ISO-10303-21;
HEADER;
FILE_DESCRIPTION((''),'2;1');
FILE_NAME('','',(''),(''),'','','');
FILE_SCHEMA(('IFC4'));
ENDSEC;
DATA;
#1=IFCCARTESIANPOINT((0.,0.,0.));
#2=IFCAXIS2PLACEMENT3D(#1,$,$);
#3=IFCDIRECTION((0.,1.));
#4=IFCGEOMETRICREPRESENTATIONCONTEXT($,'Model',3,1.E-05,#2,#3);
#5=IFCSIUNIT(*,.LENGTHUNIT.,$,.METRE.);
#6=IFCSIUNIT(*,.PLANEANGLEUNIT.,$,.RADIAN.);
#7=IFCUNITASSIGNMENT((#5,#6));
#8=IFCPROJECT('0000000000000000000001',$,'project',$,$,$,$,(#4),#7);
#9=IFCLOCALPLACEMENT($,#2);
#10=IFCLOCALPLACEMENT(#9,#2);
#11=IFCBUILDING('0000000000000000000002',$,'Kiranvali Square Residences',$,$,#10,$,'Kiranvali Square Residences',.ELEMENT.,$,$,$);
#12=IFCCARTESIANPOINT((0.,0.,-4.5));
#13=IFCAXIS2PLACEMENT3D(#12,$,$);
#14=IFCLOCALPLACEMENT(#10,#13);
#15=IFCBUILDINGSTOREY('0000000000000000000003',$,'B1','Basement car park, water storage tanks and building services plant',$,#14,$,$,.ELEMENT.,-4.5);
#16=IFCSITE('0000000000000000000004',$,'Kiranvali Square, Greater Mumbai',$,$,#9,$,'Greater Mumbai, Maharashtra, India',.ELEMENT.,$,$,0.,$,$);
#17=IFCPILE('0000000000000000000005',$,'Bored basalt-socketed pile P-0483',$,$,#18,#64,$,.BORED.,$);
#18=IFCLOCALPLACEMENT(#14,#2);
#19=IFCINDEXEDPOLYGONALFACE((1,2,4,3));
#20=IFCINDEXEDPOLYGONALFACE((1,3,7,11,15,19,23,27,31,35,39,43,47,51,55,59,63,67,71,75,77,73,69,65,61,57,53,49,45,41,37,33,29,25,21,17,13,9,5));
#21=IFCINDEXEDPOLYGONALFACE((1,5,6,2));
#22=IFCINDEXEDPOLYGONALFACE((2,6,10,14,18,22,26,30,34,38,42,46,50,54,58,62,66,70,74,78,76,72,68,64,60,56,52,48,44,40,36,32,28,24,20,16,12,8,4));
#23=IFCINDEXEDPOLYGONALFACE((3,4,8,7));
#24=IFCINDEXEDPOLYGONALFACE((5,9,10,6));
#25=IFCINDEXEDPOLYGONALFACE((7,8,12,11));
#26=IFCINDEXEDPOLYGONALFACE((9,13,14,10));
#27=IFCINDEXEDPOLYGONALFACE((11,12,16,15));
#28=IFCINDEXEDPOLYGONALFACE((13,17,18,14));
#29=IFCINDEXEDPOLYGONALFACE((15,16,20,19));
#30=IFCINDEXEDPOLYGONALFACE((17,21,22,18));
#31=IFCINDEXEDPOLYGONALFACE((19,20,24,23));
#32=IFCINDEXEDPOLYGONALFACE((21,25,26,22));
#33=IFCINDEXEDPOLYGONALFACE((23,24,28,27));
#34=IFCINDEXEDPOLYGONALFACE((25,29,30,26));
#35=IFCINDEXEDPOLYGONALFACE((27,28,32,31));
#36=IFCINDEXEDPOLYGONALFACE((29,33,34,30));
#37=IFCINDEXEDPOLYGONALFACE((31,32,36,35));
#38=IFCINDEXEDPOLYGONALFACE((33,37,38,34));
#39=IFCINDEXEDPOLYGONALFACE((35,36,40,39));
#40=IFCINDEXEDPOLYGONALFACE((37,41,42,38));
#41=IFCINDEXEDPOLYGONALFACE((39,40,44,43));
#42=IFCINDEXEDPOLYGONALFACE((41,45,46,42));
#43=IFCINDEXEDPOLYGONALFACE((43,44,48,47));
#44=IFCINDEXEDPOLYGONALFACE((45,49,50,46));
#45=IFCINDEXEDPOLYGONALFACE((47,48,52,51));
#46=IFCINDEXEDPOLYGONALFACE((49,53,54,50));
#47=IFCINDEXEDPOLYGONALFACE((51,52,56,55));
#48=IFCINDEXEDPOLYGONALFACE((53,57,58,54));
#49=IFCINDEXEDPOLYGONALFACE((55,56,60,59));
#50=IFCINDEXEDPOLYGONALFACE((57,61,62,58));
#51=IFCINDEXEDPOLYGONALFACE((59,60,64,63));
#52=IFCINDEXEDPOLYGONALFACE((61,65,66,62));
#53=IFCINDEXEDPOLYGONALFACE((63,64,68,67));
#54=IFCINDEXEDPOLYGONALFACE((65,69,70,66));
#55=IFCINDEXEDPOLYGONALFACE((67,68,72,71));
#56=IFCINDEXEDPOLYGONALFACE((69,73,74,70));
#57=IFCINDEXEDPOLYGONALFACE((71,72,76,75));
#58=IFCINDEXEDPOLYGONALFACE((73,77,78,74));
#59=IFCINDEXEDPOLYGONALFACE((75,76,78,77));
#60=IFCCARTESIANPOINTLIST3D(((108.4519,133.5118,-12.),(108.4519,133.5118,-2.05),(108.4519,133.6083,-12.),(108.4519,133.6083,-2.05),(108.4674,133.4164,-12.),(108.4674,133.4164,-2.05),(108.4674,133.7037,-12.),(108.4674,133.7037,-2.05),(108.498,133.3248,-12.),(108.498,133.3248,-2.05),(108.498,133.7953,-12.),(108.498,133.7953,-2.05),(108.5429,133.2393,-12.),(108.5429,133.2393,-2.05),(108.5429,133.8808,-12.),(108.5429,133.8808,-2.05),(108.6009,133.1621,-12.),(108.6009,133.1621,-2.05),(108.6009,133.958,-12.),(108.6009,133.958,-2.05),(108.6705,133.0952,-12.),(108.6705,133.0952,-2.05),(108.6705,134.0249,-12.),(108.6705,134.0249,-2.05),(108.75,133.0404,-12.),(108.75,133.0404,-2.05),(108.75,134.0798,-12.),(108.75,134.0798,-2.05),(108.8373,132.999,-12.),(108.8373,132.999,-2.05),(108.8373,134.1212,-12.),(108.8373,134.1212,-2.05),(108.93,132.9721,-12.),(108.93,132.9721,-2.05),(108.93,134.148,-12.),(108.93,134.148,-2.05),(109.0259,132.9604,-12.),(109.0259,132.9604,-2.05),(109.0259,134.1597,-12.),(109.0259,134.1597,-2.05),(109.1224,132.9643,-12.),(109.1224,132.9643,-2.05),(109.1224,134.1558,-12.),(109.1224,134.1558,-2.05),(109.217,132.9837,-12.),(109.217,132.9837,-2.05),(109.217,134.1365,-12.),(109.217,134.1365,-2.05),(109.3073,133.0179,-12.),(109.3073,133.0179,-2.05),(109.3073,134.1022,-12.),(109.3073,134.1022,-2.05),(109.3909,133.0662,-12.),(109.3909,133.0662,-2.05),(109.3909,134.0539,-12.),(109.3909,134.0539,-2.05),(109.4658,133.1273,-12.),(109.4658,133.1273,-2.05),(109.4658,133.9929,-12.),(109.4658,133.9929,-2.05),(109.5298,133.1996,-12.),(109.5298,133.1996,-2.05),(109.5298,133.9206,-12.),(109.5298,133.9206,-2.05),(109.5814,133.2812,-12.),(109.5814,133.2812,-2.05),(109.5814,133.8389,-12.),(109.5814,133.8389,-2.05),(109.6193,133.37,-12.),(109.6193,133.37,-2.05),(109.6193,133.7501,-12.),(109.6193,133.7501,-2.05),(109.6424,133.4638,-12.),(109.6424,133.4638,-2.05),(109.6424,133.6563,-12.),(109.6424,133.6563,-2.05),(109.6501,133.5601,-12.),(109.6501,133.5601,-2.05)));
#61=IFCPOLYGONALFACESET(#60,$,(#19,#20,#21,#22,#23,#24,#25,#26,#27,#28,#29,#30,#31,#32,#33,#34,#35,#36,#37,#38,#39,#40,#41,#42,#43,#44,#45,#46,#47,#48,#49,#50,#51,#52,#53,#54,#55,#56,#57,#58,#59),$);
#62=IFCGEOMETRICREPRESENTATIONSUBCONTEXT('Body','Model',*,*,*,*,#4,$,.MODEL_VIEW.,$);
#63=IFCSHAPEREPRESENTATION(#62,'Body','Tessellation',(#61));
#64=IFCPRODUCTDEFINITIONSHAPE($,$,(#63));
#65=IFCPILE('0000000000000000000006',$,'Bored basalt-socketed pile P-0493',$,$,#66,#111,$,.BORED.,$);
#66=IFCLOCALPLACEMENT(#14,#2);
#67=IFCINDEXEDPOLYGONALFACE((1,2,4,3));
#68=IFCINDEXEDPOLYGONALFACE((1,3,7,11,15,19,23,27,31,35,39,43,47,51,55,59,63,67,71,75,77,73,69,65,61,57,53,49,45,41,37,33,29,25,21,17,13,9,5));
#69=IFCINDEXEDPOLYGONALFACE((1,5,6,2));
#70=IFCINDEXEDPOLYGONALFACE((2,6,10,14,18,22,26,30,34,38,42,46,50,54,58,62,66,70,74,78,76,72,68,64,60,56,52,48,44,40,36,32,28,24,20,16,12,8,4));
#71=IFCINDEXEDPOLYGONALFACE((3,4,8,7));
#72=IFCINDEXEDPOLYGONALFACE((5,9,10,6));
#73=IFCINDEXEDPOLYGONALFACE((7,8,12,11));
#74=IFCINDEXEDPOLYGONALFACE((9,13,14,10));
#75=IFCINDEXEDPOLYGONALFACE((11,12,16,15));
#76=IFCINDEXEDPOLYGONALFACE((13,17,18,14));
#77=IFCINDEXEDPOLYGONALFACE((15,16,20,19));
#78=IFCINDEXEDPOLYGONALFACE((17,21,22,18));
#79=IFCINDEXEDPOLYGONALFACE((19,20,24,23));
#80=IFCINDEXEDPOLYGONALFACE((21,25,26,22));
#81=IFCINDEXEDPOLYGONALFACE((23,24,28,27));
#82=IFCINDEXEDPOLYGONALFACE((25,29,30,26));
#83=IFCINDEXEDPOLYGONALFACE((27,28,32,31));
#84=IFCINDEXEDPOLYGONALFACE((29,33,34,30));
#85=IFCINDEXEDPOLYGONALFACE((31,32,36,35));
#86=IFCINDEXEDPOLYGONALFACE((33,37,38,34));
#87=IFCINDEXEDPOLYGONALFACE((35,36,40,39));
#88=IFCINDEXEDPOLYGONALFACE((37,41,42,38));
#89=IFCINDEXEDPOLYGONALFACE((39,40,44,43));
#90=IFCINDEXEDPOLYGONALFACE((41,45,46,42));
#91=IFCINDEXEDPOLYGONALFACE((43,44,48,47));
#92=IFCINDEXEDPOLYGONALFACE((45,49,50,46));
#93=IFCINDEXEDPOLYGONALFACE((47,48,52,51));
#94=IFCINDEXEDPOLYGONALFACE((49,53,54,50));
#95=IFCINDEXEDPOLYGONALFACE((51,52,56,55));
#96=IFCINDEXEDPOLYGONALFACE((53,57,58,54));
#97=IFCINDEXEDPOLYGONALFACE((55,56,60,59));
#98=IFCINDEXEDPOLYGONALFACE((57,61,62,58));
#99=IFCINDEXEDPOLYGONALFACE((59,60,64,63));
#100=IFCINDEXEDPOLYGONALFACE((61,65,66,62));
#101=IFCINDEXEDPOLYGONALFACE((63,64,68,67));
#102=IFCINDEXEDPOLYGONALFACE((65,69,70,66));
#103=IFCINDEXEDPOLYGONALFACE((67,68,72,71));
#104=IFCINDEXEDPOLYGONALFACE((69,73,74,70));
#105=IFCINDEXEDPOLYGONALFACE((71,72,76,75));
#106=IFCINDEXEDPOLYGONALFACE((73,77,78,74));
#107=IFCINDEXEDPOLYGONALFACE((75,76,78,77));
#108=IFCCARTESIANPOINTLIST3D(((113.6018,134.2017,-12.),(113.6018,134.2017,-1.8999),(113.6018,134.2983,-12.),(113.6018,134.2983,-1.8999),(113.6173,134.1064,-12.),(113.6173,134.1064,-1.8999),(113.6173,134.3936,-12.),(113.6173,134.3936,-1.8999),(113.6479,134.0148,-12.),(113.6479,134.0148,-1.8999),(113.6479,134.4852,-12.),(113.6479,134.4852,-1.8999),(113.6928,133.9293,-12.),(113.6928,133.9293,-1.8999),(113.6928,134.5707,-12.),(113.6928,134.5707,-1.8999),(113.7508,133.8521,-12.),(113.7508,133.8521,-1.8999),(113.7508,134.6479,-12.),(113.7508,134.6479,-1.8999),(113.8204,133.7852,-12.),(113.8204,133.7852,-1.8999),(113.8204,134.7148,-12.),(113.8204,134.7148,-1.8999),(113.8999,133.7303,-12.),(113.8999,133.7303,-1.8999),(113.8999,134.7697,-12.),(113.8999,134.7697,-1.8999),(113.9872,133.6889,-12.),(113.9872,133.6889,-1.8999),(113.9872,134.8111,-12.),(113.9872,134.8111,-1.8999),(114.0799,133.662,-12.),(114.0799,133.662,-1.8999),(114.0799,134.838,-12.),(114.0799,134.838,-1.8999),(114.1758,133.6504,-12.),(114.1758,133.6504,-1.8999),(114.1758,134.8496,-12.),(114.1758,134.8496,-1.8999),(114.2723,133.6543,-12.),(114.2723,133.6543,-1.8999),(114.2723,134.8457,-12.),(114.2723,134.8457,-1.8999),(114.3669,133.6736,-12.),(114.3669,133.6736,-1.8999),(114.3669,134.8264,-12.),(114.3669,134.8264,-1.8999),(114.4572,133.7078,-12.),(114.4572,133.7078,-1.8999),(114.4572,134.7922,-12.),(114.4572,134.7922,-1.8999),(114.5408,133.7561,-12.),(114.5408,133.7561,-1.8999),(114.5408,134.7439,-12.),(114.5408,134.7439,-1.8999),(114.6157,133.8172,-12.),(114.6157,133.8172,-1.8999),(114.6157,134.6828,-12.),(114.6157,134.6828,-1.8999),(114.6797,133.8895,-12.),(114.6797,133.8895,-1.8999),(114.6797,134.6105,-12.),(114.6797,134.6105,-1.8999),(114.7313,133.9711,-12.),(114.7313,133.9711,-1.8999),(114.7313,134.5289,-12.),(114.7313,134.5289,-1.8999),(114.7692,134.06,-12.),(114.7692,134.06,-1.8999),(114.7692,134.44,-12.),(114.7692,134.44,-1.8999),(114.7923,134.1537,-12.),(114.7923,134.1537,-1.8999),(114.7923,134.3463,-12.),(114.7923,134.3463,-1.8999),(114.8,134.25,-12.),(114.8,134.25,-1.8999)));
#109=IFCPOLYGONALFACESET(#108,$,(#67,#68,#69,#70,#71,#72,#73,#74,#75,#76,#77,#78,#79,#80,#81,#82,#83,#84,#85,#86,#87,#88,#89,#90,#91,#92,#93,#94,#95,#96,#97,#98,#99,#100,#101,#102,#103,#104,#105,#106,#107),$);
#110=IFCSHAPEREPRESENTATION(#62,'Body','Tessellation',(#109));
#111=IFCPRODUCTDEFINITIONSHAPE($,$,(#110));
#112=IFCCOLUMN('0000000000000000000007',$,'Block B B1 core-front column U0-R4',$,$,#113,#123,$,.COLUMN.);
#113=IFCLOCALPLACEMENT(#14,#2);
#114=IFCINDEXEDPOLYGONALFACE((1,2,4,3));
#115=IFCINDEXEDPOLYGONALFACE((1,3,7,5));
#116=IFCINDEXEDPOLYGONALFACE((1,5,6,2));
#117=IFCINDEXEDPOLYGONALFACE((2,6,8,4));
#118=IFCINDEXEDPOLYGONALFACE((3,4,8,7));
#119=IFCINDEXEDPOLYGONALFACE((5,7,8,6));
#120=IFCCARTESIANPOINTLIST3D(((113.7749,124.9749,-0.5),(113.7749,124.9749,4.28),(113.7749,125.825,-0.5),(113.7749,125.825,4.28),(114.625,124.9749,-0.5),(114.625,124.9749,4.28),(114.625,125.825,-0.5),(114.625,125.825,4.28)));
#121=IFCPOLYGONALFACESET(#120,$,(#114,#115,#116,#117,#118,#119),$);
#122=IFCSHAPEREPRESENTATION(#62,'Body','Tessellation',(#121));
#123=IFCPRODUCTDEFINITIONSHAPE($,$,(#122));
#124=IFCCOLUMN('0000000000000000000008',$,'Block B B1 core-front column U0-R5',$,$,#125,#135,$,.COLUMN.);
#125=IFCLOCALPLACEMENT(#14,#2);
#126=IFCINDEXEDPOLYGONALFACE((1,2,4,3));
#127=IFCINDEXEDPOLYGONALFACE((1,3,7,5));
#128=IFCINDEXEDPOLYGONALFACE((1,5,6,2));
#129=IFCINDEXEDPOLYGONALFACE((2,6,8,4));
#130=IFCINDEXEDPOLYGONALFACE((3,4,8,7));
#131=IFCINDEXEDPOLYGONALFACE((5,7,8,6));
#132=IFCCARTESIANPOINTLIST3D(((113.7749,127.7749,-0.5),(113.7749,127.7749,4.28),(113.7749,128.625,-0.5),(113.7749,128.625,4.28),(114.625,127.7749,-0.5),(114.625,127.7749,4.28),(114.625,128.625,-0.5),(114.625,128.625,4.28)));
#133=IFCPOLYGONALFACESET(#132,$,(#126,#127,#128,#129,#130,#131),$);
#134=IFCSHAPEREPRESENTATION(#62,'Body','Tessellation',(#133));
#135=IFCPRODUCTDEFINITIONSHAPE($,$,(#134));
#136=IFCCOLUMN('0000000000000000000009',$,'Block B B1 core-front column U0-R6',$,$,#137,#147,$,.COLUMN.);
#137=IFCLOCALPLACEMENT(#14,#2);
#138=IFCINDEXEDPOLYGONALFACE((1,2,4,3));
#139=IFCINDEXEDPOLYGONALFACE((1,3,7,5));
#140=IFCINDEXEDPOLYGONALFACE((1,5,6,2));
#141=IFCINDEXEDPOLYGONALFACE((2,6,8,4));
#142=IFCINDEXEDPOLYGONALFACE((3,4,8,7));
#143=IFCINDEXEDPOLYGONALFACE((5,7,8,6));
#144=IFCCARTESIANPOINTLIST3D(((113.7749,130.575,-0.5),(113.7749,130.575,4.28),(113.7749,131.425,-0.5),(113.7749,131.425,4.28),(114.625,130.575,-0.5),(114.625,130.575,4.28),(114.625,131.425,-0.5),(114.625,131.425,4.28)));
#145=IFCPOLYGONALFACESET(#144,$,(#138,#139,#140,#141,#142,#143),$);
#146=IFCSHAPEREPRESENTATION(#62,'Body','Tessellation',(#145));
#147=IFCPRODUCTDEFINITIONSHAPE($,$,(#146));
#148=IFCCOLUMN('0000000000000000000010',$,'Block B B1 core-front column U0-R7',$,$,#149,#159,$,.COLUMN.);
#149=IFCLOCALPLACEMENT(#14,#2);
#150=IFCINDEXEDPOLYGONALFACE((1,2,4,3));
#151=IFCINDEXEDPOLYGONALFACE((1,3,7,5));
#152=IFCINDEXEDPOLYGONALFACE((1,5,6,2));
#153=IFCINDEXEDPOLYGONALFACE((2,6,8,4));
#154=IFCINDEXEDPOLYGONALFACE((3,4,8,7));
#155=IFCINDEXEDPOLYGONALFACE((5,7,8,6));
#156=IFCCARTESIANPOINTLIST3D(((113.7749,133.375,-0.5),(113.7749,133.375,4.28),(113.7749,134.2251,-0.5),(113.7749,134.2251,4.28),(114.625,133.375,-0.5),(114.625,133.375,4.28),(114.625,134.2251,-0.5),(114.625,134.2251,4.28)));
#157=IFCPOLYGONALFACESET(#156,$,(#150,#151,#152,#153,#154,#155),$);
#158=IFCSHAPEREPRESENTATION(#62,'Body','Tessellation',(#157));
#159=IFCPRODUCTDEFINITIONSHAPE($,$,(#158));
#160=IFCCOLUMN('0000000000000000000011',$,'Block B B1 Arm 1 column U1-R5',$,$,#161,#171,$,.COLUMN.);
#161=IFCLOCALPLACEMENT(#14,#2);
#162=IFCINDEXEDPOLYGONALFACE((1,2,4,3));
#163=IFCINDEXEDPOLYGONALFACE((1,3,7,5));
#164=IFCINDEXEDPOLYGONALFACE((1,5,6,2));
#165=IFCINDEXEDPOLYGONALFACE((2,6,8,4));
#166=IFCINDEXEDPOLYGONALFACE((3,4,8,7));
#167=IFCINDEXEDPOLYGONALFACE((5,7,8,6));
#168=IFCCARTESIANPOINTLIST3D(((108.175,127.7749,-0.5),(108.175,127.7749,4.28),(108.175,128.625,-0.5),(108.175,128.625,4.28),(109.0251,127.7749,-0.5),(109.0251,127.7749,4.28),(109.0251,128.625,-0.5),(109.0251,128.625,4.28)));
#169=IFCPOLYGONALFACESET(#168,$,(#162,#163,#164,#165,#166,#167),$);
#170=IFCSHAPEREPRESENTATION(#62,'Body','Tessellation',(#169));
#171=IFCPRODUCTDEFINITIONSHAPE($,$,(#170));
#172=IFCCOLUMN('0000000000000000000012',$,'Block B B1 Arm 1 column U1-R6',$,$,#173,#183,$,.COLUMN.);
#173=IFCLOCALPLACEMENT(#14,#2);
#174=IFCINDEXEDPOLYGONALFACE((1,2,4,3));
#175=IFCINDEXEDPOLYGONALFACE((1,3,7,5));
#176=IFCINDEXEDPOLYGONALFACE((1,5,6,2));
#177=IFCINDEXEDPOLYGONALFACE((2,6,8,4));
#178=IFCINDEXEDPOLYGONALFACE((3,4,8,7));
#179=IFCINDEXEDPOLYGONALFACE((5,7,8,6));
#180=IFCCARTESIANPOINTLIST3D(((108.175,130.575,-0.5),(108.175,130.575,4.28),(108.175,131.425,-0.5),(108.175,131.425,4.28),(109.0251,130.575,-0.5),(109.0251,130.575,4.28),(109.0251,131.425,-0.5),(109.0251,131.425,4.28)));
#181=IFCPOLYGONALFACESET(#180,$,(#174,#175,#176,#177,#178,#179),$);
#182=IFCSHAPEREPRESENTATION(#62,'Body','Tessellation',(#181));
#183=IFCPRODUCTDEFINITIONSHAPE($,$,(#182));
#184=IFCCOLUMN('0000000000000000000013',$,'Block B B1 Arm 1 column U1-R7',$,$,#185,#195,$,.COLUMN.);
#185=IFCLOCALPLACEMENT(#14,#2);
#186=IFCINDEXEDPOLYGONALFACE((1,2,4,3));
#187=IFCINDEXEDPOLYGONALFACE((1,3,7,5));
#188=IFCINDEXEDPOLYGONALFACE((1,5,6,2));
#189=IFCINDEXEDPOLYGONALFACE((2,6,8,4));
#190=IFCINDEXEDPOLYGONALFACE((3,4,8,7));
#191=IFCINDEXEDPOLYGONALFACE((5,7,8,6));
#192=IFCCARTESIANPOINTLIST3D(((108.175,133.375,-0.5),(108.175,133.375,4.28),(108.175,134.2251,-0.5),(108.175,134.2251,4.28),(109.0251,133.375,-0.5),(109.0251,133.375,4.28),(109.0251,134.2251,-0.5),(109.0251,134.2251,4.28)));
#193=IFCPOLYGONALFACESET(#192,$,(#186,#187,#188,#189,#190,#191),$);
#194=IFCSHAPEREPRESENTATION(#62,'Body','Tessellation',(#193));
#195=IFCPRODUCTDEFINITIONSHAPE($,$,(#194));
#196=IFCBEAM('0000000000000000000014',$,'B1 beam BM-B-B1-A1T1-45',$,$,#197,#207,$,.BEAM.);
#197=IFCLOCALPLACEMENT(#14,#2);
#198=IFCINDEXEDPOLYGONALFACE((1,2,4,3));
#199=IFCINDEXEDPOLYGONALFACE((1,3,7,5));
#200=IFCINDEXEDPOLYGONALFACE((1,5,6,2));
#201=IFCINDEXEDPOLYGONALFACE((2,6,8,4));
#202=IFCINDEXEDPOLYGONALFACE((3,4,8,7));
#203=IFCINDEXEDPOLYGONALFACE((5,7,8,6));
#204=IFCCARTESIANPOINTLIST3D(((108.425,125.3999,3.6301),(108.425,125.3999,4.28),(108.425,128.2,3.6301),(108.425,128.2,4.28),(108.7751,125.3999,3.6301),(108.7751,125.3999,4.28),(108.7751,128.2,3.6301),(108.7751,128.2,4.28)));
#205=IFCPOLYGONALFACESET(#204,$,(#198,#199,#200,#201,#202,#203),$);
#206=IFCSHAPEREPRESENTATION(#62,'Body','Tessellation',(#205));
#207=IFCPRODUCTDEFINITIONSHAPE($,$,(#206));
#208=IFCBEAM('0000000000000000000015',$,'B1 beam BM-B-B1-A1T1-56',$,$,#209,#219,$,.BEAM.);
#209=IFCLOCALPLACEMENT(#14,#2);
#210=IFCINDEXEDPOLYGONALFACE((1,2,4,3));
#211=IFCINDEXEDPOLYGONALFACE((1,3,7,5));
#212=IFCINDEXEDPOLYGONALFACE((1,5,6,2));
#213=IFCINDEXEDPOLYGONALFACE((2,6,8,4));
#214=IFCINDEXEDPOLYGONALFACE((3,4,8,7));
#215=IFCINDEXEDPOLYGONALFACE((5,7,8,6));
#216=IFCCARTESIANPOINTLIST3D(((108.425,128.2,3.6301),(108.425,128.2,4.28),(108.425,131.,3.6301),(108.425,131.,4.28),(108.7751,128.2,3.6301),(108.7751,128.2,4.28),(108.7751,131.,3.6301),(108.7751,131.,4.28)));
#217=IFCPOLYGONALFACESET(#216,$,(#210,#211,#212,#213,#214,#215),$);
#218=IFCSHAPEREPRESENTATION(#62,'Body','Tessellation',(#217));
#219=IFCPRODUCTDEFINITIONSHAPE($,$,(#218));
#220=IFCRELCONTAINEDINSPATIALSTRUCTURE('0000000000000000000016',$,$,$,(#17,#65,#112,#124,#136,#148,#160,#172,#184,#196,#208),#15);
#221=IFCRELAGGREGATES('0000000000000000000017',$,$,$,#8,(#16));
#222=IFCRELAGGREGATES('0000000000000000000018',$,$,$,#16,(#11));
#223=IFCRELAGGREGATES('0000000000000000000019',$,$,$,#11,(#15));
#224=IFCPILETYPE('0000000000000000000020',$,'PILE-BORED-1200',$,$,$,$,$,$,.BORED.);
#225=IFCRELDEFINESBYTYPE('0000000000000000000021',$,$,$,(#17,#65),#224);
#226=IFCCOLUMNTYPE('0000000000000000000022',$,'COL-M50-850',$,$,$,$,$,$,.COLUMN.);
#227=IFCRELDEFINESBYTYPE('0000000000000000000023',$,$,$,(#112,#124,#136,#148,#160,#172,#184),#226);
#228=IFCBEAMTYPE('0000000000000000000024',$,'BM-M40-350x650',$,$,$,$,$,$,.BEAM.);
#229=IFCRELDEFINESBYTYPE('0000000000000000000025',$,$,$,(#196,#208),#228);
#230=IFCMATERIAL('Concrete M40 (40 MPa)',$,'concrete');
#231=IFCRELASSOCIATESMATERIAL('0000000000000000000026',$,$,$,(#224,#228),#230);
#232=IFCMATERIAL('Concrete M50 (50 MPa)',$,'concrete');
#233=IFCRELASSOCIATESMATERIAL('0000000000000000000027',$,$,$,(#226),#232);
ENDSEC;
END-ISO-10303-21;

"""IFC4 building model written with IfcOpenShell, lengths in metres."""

from ifc_helpers import new_model, si_unit, direction, frame, origin, origin_2d, place, context, subcontext, project, spatial, rectangle, circle, extrude, material, material_profile, profile_set, type_object, element, save


model = new_model("IFC4")

# Units and contexts
model_context = context("Model", 3, precision=1e-05, world=origin(), true_north=direction((0.0, 1.0)))
body_context = subcontext(model_context, "Body", "Model", "MODEL_VIEW")
ifc_project = project(units=[si_unit("LENGTHUNIT", "METRE"), si_unit("PLANEANGLEUNIT", "RADIAN")], contexts=[model_context])

# Site, building, storey
site_placement = place(None, origin())
site = spatial("IfcSite", under=ifc_project, at=site_placement, Name="Kiranvali Square, Greater Mumbai", LongName="Greater Mumbai, Maharashtra, India", CompositionType="ELEMENT", RefElevation=0.0)
building_placement = place(site_placement, origin())
building = spatial("IfcBuilding", under=site, at=building_placement, Name="Kiranvali Square Residences", LongName="Kiranvali Square Residences", CompositionType="ELEMENT")
storey_placement = place(building_placement, frame((0.0, 0.0, -4.5)))
storey = spatial("IfcBuildingStorey", under=building, at=storey_placement, Name="B1", Description="Basement car park, water storage tanks and building services plant", CompositionType="ELEMENT", Elevation=-4.5)

# Shared definitions
ifc_material_1 = material(Name="Concrete M40 (40 MPa)", Category="concrete")

# Piles
ifc_material_profile_1 = material_profile(ifc_material_1, circle(Radius=0.6001, at=origin_2d()), Name="BORED PILE 1200")
ifc_profile_set_1 = profile_set([ifc_material_profile_1], Name="Concrete M40 (40 MPa)")
pile_type = type_object("IfcPileType", Name="PILE-BORED-1200", PredefinedType="BORED", material=ifc_profile_set_1)
for number, where, z_axis, x_axis, name in (
    (1, (109.05, 133.5601, -2.05), (0.0, 0.0, -1.0), (1.0, 0.0, 0.0), "Bored basalt-socketed pile P-0483"),
):
    element("IfcPile", number, at=place(storey_placement, frame(where, z_axis=z_axis, x_axis=x_axis)), inside=storey, type_object=pile_type, Name=name, PredefinedType="BORED", context=body_context, shape_type="SweptSolid", body=[
        extrude(circle(Radius=0.6001, at=origin_2d()), origin(), (0.0, 0.0, 1.0), 9.95),
    ])
pile_placement = place(storey_placement, frame((114.2, 134.25, -1.8999), z_axis=(0.0, 0.0, -1.0), x_axis=(1.0, 0.0, 0.0)))
element("IfcPile", 2, at=pile_placement, inside=storey, type_object=pile_type, Name="Bored basalt-socketed pile P-0493", PredefinedType="BORED", context=body_context, shape_type="SweptSolid", body=[
    extrude(circle(Radius=0.6001, at=origin_2d()), origin(), (0.0, 0.0, 1.0), 10.1001),
])

# Columns
ifc_material_2 = material(Name="Concrete M50 (50 MPa)", Category="concrete")
ifc_material_profile_2 = material_profile(ifc_material_2, rectangle(XDim=0.8501, YDim=0.8501, at=origin_2d()), Name="RC 850x850")
ifc_profile_set_2 = profile_set([ifc_material_profile_2], Name="Concrete M50 (50 MPa)")
column_type = type_object("IfcColumnType", Name="COL-M50-850", PredefinedType="COLUMN", material=ifc_profile_set_2)
for number, where, z_axis, x_axis, name in (
    (3, (114.2, 125.3999, -0.5), (0.0, 0.0, 1.0), (1.0, 0.0, 0.0), "Block B B1 core-front column U0-R4"),
    (4, (114.2, 128.2, -0.5), (0.0, 0.0, 1.0), (1.0, 0.0, 0.0), "Block B B1 core-front column U0-R5"),
    (5, (114.2, 131.0, -0.5), (0.0, 0.0, 1.0), (1.0, 0.0, 0.0), "Block B B1 core-front column U0-R6"),
    (6, (114.2, 133.8, -0.5), (0.0, 0.0, 1.0), (1.0, 0.0, 0.0), "Block B B1 core-front column U0-R7"),
    (7, (108.6001, 128.2, -0.5), (0.0, 0.0, 1.0), (1.0, 0.0, 0.0), "Block B B1 Arm 1 column U1-R5"),
    (8, (108.6001, 131.0, -0.5), (0.0, 0.0, 1.0), (1.0, 0.0, 0.0), "Block B B1 Arm 1 column U1-R6"),
    (9, (108.6001, 133.8, -0.5), (0.0, 0.0, 1.0), (1.0, 0.0, 0.0), "Block B B1 Arm 1 column U1-R7"),
):
    element("IfcColumn", number, at=place(storey_placement, frame(where, z_axis=z_axis, x_axis=x_axis)), inside=storey, type_object=column_type, Name=name, PredefinedType="COLUMN", context=body_context, shape_type="SweptSolid", body=[
        extrude(rectangle(XDim=0.8501, YDim=0.8501, at=origin_2d()), origin(), (0.0, 0.0, 1.0), 4.78),
    ])

# Beams
ifc_material_profile_3 = material_profile(ifc_material_1, rectangle(XDim=0.3501, YDim=0.6499, at=origin_2d()), Name="RC 350x650")
ifc_profile_set_3 = profile_set([ifc_material_profile_3], Name="Concrete M40 (40 MPa)")
beam_type_1 = type_object("IfcBeamType", Name="BM-M40-350x650", PredefinedType="BEAM", material=ifc_profile_set_3)
for number, where, z_axis, x_axis, name in (
    (10, (108.6001, 125.3999, 3.9551), (0.0, 1.0, 0.0), (-1.0, 0.0, 0.0), "B1 beam BM-B-B1-A1T1-45"),
    (11, (108.6001, 128.2, 3.9551), (0.0, 1.0, 0.0), (-1.0, 0.0, 0.0), "B1 beam BM-B-B1-A1T1-56"),
):
    element("IfcBeam", number, at=place(storey_placement, frame(where, z_axis=z_axis, x_axis=x_axis)), inside=storey, type_object=beam_type_1, Name=name, PredefinedType="BEAM", context=body_context, shape_type="SweptSolid", body=[
        extrude(rectangle(XDim=0.3501, YDim=0.6499, at=origin_2d()), origin(), (0.0, 0.0, 1.0), 2.8),
    ])

save(model, "model.ifc")
